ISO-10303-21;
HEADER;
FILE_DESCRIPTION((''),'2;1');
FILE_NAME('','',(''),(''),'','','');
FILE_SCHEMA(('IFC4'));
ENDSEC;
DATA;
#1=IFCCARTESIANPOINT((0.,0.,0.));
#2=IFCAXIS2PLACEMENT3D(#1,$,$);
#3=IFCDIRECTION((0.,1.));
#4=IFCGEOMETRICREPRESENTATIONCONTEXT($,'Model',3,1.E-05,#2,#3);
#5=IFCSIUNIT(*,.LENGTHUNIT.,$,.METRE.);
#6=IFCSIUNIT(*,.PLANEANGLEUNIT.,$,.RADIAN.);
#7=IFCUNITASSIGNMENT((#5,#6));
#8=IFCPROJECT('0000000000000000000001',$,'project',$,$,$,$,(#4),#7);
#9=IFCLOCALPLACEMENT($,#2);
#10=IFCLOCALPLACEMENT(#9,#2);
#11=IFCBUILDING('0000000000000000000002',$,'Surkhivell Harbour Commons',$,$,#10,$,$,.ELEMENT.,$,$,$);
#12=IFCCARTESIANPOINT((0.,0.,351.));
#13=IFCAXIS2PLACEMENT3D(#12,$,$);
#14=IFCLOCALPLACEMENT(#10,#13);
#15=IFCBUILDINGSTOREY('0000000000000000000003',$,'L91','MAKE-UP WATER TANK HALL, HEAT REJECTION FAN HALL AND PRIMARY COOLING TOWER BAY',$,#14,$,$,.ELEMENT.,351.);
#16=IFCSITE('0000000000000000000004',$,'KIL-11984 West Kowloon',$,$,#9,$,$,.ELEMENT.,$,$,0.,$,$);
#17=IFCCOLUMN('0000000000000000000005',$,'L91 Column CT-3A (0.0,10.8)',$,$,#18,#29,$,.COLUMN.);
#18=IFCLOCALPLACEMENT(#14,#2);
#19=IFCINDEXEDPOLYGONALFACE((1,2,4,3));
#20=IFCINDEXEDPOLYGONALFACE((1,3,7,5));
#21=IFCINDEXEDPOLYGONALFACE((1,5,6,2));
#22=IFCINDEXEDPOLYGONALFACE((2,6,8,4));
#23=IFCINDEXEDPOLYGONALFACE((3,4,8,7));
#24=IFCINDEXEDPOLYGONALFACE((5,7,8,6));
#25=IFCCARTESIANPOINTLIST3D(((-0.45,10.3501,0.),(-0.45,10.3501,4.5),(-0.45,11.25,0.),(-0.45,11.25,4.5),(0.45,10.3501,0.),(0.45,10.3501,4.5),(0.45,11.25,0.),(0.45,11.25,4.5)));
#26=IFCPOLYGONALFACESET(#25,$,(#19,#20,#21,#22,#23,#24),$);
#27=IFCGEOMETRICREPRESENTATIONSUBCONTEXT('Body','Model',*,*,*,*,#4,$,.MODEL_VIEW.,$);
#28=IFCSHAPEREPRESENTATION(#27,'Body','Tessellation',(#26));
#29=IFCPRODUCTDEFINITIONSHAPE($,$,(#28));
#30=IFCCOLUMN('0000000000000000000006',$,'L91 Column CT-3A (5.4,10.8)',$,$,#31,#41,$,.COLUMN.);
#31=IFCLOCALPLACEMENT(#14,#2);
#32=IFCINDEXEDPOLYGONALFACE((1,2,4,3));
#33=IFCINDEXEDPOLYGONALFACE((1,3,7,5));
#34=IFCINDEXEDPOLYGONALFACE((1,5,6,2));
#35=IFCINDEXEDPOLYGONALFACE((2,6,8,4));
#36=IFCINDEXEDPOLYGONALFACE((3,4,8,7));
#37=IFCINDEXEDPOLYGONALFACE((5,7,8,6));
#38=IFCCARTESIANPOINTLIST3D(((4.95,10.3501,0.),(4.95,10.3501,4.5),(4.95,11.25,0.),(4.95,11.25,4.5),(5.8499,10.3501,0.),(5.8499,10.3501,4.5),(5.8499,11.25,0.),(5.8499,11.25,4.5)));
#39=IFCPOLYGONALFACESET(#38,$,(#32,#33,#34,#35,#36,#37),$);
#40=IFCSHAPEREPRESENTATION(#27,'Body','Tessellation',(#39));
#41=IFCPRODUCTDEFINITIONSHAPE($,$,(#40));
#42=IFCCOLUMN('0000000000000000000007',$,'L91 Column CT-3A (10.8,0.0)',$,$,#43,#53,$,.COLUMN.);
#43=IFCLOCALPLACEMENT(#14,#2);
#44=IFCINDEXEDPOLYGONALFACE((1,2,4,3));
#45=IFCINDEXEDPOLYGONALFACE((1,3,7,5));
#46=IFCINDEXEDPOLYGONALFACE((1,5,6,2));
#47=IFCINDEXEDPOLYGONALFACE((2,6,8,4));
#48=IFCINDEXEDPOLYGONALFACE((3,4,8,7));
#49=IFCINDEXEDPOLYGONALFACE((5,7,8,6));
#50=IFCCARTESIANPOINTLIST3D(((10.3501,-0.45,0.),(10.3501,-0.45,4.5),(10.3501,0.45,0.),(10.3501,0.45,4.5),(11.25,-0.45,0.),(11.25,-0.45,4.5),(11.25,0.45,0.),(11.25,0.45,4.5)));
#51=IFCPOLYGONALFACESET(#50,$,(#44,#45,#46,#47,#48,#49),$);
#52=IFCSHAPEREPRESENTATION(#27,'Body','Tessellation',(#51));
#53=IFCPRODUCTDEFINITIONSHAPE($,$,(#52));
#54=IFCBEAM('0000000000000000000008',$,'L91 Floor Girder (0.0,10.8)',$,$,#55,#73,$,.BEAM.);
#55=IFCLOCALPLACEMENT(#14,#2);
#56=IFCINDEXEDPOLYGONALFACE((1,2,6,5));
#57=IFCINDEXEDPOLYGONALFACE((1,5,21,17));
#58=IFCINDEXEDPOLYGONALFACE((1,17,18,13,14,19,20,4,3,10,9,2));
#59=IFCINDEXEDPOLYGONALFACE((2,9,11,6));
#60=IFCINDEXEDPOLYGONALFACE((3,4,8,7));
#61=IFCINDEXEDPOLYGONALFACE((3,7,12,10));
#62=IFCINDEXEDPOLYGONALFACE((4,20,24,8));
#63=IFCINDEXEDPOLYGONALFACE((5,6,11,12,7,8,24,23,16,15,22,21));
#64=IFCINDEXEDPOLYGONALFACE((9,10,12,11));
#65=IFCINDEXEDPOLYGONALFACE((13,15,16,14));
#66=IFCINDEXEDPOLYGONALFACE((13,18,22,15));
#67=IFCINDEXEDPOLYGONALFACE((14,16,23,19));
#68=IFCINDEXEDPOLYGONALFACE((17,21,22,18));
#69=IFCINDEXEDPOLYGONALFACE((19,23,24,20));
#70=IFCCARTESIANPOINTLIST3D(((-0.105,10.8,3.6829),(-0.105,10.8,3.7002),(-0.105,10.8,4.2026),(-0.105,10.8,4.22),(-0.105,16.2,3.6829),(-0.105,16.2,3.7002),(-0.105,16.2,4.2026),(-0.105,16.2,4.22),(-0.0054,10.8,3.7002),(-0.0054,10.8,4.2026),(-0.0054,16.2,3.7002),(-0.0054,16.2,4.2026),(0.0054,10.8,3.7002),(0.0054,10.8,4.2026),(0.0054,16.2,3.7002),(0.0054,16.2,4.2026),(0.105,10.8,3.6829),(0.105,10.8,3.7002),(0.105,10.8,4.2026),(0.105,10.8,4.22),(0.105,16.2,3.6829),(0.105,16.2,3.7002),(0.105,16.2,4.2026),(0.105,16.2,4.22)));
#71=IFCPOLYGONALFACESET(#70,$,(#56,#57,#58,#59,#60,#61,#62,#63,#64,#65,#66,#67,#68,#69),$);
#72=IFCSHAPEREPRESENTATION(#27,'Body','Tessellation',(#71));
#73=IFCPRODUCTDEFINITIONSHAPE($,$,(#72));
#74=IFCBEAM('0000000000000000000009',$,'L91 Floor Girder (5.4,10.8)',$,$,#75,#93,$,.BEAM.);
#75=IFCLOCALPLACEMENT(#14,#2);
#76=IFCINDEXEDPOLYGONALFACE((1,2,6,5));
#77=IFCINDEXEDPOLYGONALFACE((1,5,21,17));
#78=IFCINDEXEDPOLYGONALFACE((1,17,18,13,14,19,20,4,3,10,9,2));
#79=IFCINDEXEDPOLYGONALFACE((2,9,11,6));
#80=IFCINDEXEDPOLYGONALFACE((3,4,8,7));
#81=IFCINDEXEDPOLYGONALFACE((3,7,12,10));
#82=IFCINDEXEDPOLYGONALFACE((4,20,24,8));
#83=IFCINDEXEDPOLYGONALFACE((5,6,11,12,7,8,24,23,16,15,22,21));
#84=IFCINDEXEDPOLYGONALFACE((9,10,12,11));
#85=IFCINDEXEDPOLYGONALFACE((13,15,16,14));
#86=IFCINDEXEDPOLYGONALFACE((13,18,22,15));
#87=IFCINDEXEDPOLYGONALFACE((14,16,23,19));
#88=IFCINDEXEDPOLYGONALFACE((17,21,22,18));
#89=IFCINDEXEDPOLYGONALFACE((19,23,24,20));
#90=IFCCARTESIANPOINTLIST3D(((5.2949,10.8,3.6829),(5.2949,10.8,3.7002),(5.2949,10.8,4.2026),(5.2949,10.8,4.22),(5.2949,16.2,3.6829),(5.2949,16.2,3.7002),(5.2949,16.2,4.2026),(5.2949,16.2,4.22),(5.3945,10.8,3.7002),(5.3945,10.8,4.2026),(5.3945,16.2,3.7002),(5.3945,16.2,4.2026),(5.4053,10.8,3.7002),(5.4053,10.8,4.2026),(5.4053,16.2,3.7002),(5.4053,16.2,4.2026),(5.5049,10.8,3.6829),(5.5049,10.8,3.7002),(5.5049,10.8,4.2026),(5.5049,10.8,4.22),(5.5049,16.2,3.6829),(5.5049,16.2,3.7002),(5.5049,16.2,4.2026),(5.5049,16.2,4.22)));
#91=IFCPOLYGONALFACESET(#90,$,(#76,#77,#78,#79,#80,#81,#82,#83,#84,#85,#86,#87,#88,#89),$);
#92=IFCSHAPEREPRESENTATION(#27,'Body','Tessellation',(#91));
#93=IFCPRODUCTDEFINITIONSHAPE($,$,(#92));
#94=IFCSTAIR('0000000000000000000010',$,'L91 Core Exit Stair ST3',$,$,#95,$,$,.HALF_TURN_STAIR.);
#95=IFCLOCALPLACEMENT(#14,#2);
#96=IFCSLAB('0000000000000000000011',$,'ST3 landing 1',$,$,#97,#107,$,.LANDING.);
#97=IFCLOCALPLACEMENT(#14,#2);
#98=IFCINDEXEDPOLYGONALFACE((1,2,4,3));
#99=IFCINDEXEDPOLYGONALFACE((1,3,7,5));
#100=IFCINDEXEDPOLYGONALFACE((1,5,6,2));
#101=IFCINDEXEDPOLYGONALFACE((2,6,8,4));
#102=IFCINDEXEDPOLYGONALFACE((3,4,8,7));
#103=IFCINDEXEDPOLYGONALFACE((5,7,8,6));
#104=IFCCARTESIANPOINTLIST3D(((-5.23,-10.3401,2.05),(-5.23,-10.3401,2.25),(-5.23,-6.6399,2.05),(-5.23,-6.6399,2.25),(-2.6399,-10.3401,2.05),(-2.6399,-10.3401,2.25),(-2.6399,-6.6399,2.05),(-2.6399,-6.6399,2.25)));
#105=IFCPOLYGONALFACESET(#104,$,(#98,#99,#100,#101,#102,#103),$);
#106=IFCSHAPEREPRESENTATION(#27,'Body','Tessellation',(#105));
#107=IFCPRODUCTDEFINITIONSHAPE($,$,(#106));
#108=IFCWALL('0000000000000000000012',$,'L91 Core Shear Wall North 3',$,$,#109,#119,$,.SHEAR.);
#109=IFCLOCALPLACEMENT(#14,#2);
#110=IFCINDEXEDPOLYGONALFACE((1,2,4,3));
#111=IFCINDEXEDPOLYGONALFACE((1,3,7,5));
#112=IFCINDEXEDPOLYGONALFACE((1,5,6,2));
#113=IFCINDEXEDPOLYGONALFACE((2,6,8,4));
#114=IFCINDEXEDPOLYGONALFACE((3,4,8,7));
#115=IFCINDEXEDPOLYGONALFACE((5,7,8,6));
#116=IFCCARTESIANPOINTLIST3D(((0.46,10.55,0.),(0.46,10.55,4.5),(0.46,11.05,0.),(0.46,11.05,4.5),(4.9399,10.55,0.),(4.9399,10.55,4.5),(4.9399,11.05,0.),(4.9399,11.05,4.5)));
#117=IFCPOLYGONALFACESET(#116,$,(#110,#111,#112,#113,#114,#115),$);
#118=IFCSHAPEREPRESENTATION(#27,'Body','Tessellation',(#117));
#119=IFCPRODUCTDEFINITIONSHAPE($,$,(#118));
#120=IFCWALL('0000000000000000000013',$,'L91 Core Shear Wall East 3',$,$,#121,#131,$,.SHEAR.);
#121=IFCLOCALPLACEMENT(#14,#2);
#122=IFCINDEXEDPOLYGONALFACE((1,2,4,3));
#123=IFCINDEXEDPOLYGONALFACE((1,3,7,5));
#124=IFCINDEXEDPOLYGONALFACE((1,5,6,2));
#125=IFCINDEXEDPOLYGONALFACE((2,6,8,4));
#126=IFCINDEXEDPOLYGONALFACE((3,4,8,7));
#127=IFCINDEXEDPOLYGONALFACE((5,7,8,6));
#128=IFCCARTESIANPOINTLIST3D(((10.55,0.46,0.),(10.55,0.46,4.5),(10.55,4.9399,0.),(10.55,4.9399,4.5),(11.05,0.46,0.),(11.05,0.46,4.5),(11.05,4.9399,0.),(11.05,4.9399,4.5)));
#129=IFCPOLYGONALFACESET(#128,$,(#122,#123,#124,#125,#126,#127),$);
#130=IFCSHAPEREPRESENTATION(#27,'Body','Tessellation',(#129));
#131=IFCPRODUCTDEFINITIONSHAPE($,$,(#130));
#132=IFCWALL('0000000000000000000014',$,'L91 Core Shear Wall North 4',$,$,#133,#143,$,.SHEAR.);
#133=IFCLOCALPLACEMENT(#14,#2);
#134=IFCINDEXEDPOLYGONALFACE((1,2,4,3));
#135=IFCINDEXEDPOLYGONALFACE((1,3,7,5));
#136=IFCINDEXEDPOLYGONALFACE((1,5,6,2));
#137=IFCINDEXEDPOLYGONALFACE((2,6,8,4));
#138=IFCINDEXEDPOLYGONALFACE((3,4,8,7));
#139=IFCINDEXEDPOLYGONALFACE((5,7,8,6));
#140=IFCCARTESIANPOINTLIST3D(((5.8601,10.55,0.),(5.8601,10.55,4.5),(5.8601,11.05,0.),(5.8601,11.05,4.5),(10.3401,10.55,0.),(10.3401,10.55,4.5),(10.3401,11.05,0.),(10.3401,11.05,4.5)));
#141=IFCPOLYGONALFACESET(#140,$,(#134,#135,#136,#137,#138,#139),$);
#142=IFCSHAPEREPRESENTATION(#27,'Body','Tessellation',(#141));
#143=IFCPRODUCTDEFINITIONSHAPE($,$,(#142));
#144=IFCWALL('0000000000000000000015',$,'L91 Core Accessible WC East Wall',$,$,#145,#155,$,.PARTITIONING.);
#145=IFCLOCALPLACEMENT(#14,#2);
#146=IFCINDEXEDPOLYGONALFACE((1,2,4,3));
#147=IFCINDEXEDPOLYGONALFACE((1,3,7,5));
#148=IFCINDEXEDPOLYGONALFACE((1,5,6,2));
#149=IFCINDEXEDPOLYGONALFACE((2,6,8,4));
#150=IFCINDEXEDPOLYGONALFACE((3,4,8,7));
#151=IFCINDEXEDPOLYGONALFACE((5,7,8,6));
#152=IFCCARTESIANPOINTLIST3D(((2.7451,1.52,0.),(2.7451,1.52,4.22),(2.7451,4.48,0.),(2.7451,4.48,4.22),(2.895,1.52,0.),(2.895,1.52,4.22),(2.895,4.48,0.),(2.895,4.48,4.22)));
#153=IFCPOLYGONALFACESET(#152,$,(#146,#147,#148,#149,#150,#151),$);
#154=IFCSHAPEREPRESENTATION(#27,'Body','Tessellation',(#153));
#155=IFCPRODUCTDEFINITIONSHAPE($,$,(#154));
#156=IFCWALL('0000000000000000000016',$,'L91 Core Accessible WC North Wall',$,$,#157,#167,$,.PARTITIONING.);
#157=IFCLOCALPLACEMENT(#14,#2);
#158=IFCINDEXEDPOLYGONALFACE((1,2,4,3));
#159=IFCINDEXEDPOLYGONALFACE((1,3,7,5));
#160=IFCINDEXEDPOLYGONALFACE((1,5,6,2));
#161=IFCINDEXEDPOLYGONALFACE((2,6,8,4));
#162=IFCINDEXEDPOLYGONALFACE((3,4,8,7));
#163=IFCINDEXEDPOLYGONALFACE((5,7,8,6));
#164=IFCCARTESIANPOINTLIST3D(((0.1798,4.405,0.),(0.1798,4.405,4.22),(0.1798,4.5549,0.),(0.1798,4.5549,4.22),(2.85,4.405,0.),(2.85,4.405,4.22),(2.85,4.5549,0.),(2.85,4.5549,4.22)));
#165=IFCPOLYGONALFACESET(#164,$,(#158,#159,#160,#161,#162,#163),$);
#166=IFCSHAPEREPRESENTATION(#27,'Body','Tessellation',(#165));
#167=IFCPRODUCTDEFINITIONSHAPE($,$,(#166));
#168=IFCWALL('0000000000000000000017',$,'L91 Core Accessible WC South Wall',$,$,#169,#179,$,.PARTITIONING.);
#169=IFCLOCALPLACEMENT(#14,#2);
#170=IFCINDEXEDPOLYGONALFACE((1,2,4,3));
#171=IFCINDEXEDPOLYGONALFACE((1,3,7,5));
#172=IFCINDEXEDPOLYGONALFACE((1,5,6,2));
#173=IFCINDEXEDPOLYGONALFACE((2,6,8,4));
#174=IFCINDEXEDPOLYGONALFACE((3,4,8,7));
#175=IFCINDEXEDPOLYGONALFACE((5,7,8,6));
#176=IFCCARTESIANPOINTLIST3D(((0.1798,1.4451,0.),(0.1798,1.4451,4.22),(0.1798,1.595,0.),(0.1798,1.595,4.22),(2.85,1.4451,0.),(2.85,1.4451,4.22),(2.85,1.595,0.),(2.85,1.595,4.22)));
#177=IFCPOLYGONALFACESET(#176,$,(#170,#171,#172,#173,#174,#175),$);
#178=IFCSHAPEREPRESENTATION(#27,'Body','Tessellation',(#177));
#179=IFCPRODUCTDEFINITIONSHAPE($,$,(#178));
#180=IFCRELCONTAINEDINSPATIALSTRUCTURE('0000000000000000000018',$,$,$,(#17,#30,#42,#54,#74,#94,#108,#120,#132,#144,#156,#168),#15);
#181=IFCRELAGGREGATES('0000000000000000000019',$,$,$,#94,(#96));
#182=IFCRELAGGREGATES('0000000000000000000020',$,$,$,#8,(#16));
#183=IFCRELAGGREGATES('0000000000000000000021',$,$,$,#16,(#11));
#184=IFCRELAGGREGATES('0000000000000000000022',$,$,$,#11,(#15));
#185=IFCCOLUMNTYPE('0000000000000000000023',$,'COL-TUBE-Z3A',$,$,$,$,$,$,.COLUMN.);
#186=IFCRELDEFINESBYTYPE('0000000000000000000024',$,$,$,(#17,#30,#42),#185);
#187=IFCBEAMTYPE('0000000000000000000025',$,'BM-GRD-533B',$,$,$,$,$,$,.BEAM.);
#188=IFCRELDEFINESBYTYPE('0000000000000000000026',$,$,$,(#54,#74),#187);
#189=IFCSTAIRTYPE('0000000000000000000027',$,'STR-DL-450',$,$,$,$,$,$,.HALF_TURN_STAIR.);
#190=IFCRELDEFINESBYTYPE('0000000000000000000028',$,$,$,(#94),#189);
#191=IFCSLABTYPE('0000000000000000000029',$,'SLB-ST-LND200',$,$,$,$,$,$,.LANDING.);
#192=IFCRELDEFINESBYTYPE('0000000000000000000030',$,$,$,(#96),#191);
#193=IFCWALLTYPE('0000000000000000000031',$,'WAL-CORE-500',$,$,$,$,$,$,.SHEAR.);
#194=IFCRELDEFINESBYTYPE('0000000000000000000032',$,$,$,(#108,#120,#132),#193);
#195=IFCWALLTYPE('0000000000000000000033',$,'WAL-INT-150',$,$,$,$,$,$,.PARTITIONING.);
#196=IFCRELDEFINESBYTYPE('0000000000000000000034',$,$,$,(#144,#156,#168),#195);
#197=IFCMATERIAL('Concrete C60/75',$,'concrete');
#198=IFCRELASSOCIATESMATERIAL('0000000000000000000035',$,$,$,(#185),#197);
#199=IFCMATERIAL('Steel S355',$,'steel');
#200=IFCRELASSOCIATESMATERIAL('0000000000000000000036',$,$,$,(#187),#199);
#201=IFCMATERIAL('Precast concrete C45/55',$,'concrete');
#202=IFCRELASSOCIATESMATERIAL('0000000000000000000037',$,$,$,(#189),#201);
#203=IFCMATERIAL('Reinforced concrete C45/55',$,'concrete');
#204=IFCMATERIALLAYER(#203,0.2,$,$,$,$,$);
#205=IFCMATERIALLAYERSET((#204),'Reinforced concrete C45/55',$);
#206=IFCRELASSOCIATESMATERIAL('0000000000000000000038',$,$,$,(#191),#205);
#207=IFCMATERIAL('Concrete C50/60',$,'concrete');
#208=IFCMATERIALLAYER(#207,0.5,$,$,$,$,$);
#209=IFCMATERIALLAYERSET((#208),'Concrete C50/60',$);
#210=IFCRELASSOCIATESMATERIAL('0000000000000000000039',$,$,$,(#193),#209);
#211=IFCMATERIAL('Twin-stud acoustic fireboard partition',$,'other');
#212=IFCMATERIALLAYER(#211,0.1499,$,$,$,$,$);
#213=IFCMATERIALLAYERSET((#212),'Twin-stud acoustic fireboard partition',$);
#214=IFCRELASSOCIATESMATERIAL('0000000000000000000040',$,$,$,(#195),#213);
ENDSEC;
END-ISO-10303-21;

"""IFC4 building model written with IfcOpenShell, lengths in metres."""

from ifc_helpers import new_model, si_unit, direction, frame, frame_2d, origin, origin_2d, place, context, subcontext, project, spatial, polyline, rectangle, i_section, outline, extrude, material, layer, layer_set, material_profile, profile_set, type_object, element, aggregate, save


model = new_model("IFC4")

# Units and contexts
model_context = context("Model", 3, precision=1e-05, world=origin(), true_north=direction((0.0, 1.0)))
body_context = subcontext(model_context, "Body", "Model", "MODEL_VIEW")
ifc_project = project(units=[si_unit("LENGTHUNIT", "METRE"), si_unit("PLANEANGLEUNIT", "RADIAN")], contexts=[model_context])

# Site, building, storey
site_placement = place(None, origin())
site = spatial("IfcSite", under=ifc_project, at=site_placement, Name="KIL-11984 West Kowloon", CompositionType="ELEMENT", RefElevation=0.0)
building_placement = place(site_placement, origin())
building = spatial("IfcBuilding", under=site, at=building_placement, Name="Surkhivell Harbour Commons", CompositionType="ELEMENT")
storey_placement = place(building_placement, frame((0.0, 0.0, 351.0)))
storey = spatial("IfcBuildingStorey", under=building, at=storey_placement, Name="L91", Description="MAKE-UP WATER TANK HALL, HEAT REJECTION FAN HALL AND PRIMARY COOLING TOWER BAY", CompositionType="ELEMENT", Elevation=351.0)

# Columns
ifc_material_1 = material(Name="Concrete C60/75", Category="concrete")
ifc_material_profile_1 = material_profile(ifc_material_1, rectangle(XDim=0.8999, YDim=0.8999, at=origin_2d()), Name="RC-COL-900x900")
ifc_profile_set_1 = profile_set([ifc_material_profile_1], Name="Concrete C60/75")
column_type = type_object("IfcColumnType", Name="COL-TUBE-Z3A", PredefinedType="COLUMN", material=ifc_profile_set_1)
for number, where, z_axis, x_axis, name in (
    (1, (0.0, 10.8, 0.0), (0.0, 0.0, 1.0), (1.0, 0.0, 0.0), "L91 Column CT-3A (0.0,10.8)"),
    (2, (5.3999, 10.8, 0.0), (0.0, 0.0, 1.0), (1.0, 0.0, 0.0), "L91 Column CT-3A (5.4,10.8)"),
    (3, (10.8, 0.0, 0.0), (0.0, 0.0, 1.0), (1.0, 0.0, 0.0), "L91 Column CT-3A (10.8,0.0)"),
):
    element("IfcColumn", number, at=place(storey_placement, frame(where, z_axis=z_axis, x_axis=x_axis)), inside=storey, type_object=column_type, Name=name, PredefinedType="COLUMN", context=body_context, shape_type="SweptSolid", body=[
        extrude(rectangle(XDim=0.8999, YDim=0.8999, at=origin_2d()), origin(), (0.0, 0.0, 1.0), 4.5),
    ])

# Beams
ifc_material_2 = material(Name="Steel S355", Category="steel")
ifc_material_profile_2 = material_profile(ifc_material_2, i_section(OverallWidth=0.21, OverallDepth=0.5371, WebThickness=0.0107, FlangeThickness=0.0173, at=origin_2d()), Name="UB533x210x101")
ifc_profile_set_2 = profile_set([ifc_material_profile_2], Name="Steel S355")
beam_type = type_object("IfcBeamType", Name="BM-GRD-533B", PredefinedType="BEAM", material=ifc_profile_set_2)
for number, where, z_axis, x_axis, name in (
    (4, (0.0, 10.8, 3.9514), (0.0, 1.0, 0.0), (-1.0, 0.0, 0.0), "L91 Floor Girder (0.0,10.8)"),
    (5, (5.3999, 10.8, 3.9514), (0.0, 1.0, 0.0), (-1.0, 0.0, 0.0), "L91 Floor Girder (5.4,10.8)"),
):
    element("IfcBeam", number, at=place(storey_placement, frame(where, z_axis=z_axis, x_axis=x_axis)), inside=storey, type_object=beam_type, Name=name, PredefinedType="BEAM", context=body_context, shape_type="SweptSolid", body=[
        extrude(i_section(OverallWidth=0.21, OverallDepth=0.5371, WebThickness=0.0107, FlangeThickness=0.0173, at=origin_2d()), origin(), (0.0, 0.0, 1.0), 5.3999),
    ])

# Stair, slab
ifc_material_3 = material(Name="Precast concrete C45/55", Category="concrete")
stair_type = type_object("IfcStairType", Name="STR-DL-450", PredefinedType="HALF_TURN_STAIR", material=ifc_material_3)
stair_placement = place(storey_placement, origin())
stair = element("IfcStair", 6, at=stair_placement, inside=storey, type_object=stair_type, Name="L91 Core Exit Stair ST3", PredefinedType="HALF_TURN_STAIR")
ifc_material_4 = material(Name="Reinforced concrete C45/55", Category="concrete")
ifc_layer_1 = layer(ifc_material_4, 0.2)
ifc_layer_set_1 = layer_set([ifc_layer_1], Name="Reinforced concrete C45/55")
slab_type = type_object("IfcSlabType", Name="SLB-ST-LND200", PredefinedType="LANDING", material=ifc_layer_set_1)
slab_placement = place(storey_placement, frame((0.0, 0.0, 2.05)))
slab = element("IfcSlab", 7, at=slab_placement, type_object=slab_type, Name="ST3 landing 1", PredefinedType="LANDING", context=body_context, shape_type="SweptSolid", body=[
    extrude(outline(polyline([(-5.23, -10.3401), (-2.6399, -10.3401), (-2.6399, -6.6399), (-5.23, -6.6399), (-5.23, -10.3401)])), origin(), (0.0, 0.0, 1.0), 0.2),
])
aggregate(stair, [slab])

# Walls
ifc_material_5 = material(Name="Concrete C50/60", Category="concrete")
ifc_layer_2 = layer(ifc_material_5, 0.5)
ifc_layer_set_2 = layer_set([ifc_layer_2], Name="Concrete C50/60")
wall_type_1 = type_object("IfcWallType", Name="WAL-CORE-500", PredefinedType="SHEAR", material=ifc_layer_set_2)
for number, where, z_axis, x_axis, name in (
    (8, (0.46, 10.8, 0.0), (0.0, 0.0, 1.0), (1.0, 0.0, 0.0), "L91 Core Shear Wall North 3"),
    (9, (10.8, 0.46, 0.0), (0.0, 0.0, 1.0), (0.0, 1.0, 0.0), "L91 Core Shear Wall East 3"),
    (10, (5.8601, 10.8, 0.0), (0.0, 0.0, 1.0), (1.0, 0.0, 0.0), "L91 Core Shear Wall North 4"),
):
    element("IfcWall", number, at=place(storey_placement, frame(where, z_axis=z_axis, x_axis=x_axis)), inside=storey, type_object=wall_type_1, Name=name, PredefinedType="SHEAR", context=body_context, shape_type="SweptSolid", body=[
        extrude(rectangle(XDim=4.48, YDim=0.5, at=frame_2d((2.24, 0.0))), origin(), (0.0, 0.0, 1.0), 4.5),
    ])
ifc_material_6 = material(Name="Twin-stud acoustic fireboard partition", Category="other")
ifc_layer_3 = layer(ifc_material_6, 0.1499)
ifc_layer_set_3 = layer_set([ifc_layer_3], Name="Twin-stud acoustic fireboard partition")
wall_type_2 = type_object("IfcWallType", Name="WAL-INT-150", PredefinedType="PARTITIONING", material=ifc_layer_set_3)
wall_1_placement = place(storey_placement, frame((2.8201, 1.52, 0.0), z_axis=(0.0, 0.0, 1.0), x_axis=(0.0, 1.0, 0.0)))
element("IfcWall", 11, at=wall_1_placement, inside=storey, type_object=wall_type_2, Name="L91 Core Accessible WC East Wall", PredefinedType="PARTITIONING", context=body_context, shape_type="SweptSolid", body=[
    extrude(rectangle(XDim=2.96, YDim=0.1499, at=frame_2d((1.48, 0.0))), origin(), (0.0, 0.0, 1.0), 4.22),
])
for number, where, z_axis, x_axis, name in (
    (12, (0.1799, 4.48, 0.0), (0.0, 0.0, 1.0), (1.0, 0.0, 0.0), "L91 Core Accessible WC North Wall"),
    (13, (0.1799, 1.52, 0.0), (0.0, 0.0, 1.0), (1.0, 0.0, 0.0), "L91 Core Accessible WC South Wall"),
):
    element("IfcWall", number, at=place(storey_placement, frame(where, z_axis=z_axis, x_axis=x_axis)), inside=storey, type_object=wall_type_2, Name=name, PredefinedType="PARTITIONING", context=body_context, shape_type="SweptSolid", body=[
        extrude(rectangle(XDim=2.6702, YDim=0.1499, at=frame_2d((1.335, 0.0))), origin(), (0.0, 0.0, 1.0), 4.22),
    ])

save(model, "model.ifc")
